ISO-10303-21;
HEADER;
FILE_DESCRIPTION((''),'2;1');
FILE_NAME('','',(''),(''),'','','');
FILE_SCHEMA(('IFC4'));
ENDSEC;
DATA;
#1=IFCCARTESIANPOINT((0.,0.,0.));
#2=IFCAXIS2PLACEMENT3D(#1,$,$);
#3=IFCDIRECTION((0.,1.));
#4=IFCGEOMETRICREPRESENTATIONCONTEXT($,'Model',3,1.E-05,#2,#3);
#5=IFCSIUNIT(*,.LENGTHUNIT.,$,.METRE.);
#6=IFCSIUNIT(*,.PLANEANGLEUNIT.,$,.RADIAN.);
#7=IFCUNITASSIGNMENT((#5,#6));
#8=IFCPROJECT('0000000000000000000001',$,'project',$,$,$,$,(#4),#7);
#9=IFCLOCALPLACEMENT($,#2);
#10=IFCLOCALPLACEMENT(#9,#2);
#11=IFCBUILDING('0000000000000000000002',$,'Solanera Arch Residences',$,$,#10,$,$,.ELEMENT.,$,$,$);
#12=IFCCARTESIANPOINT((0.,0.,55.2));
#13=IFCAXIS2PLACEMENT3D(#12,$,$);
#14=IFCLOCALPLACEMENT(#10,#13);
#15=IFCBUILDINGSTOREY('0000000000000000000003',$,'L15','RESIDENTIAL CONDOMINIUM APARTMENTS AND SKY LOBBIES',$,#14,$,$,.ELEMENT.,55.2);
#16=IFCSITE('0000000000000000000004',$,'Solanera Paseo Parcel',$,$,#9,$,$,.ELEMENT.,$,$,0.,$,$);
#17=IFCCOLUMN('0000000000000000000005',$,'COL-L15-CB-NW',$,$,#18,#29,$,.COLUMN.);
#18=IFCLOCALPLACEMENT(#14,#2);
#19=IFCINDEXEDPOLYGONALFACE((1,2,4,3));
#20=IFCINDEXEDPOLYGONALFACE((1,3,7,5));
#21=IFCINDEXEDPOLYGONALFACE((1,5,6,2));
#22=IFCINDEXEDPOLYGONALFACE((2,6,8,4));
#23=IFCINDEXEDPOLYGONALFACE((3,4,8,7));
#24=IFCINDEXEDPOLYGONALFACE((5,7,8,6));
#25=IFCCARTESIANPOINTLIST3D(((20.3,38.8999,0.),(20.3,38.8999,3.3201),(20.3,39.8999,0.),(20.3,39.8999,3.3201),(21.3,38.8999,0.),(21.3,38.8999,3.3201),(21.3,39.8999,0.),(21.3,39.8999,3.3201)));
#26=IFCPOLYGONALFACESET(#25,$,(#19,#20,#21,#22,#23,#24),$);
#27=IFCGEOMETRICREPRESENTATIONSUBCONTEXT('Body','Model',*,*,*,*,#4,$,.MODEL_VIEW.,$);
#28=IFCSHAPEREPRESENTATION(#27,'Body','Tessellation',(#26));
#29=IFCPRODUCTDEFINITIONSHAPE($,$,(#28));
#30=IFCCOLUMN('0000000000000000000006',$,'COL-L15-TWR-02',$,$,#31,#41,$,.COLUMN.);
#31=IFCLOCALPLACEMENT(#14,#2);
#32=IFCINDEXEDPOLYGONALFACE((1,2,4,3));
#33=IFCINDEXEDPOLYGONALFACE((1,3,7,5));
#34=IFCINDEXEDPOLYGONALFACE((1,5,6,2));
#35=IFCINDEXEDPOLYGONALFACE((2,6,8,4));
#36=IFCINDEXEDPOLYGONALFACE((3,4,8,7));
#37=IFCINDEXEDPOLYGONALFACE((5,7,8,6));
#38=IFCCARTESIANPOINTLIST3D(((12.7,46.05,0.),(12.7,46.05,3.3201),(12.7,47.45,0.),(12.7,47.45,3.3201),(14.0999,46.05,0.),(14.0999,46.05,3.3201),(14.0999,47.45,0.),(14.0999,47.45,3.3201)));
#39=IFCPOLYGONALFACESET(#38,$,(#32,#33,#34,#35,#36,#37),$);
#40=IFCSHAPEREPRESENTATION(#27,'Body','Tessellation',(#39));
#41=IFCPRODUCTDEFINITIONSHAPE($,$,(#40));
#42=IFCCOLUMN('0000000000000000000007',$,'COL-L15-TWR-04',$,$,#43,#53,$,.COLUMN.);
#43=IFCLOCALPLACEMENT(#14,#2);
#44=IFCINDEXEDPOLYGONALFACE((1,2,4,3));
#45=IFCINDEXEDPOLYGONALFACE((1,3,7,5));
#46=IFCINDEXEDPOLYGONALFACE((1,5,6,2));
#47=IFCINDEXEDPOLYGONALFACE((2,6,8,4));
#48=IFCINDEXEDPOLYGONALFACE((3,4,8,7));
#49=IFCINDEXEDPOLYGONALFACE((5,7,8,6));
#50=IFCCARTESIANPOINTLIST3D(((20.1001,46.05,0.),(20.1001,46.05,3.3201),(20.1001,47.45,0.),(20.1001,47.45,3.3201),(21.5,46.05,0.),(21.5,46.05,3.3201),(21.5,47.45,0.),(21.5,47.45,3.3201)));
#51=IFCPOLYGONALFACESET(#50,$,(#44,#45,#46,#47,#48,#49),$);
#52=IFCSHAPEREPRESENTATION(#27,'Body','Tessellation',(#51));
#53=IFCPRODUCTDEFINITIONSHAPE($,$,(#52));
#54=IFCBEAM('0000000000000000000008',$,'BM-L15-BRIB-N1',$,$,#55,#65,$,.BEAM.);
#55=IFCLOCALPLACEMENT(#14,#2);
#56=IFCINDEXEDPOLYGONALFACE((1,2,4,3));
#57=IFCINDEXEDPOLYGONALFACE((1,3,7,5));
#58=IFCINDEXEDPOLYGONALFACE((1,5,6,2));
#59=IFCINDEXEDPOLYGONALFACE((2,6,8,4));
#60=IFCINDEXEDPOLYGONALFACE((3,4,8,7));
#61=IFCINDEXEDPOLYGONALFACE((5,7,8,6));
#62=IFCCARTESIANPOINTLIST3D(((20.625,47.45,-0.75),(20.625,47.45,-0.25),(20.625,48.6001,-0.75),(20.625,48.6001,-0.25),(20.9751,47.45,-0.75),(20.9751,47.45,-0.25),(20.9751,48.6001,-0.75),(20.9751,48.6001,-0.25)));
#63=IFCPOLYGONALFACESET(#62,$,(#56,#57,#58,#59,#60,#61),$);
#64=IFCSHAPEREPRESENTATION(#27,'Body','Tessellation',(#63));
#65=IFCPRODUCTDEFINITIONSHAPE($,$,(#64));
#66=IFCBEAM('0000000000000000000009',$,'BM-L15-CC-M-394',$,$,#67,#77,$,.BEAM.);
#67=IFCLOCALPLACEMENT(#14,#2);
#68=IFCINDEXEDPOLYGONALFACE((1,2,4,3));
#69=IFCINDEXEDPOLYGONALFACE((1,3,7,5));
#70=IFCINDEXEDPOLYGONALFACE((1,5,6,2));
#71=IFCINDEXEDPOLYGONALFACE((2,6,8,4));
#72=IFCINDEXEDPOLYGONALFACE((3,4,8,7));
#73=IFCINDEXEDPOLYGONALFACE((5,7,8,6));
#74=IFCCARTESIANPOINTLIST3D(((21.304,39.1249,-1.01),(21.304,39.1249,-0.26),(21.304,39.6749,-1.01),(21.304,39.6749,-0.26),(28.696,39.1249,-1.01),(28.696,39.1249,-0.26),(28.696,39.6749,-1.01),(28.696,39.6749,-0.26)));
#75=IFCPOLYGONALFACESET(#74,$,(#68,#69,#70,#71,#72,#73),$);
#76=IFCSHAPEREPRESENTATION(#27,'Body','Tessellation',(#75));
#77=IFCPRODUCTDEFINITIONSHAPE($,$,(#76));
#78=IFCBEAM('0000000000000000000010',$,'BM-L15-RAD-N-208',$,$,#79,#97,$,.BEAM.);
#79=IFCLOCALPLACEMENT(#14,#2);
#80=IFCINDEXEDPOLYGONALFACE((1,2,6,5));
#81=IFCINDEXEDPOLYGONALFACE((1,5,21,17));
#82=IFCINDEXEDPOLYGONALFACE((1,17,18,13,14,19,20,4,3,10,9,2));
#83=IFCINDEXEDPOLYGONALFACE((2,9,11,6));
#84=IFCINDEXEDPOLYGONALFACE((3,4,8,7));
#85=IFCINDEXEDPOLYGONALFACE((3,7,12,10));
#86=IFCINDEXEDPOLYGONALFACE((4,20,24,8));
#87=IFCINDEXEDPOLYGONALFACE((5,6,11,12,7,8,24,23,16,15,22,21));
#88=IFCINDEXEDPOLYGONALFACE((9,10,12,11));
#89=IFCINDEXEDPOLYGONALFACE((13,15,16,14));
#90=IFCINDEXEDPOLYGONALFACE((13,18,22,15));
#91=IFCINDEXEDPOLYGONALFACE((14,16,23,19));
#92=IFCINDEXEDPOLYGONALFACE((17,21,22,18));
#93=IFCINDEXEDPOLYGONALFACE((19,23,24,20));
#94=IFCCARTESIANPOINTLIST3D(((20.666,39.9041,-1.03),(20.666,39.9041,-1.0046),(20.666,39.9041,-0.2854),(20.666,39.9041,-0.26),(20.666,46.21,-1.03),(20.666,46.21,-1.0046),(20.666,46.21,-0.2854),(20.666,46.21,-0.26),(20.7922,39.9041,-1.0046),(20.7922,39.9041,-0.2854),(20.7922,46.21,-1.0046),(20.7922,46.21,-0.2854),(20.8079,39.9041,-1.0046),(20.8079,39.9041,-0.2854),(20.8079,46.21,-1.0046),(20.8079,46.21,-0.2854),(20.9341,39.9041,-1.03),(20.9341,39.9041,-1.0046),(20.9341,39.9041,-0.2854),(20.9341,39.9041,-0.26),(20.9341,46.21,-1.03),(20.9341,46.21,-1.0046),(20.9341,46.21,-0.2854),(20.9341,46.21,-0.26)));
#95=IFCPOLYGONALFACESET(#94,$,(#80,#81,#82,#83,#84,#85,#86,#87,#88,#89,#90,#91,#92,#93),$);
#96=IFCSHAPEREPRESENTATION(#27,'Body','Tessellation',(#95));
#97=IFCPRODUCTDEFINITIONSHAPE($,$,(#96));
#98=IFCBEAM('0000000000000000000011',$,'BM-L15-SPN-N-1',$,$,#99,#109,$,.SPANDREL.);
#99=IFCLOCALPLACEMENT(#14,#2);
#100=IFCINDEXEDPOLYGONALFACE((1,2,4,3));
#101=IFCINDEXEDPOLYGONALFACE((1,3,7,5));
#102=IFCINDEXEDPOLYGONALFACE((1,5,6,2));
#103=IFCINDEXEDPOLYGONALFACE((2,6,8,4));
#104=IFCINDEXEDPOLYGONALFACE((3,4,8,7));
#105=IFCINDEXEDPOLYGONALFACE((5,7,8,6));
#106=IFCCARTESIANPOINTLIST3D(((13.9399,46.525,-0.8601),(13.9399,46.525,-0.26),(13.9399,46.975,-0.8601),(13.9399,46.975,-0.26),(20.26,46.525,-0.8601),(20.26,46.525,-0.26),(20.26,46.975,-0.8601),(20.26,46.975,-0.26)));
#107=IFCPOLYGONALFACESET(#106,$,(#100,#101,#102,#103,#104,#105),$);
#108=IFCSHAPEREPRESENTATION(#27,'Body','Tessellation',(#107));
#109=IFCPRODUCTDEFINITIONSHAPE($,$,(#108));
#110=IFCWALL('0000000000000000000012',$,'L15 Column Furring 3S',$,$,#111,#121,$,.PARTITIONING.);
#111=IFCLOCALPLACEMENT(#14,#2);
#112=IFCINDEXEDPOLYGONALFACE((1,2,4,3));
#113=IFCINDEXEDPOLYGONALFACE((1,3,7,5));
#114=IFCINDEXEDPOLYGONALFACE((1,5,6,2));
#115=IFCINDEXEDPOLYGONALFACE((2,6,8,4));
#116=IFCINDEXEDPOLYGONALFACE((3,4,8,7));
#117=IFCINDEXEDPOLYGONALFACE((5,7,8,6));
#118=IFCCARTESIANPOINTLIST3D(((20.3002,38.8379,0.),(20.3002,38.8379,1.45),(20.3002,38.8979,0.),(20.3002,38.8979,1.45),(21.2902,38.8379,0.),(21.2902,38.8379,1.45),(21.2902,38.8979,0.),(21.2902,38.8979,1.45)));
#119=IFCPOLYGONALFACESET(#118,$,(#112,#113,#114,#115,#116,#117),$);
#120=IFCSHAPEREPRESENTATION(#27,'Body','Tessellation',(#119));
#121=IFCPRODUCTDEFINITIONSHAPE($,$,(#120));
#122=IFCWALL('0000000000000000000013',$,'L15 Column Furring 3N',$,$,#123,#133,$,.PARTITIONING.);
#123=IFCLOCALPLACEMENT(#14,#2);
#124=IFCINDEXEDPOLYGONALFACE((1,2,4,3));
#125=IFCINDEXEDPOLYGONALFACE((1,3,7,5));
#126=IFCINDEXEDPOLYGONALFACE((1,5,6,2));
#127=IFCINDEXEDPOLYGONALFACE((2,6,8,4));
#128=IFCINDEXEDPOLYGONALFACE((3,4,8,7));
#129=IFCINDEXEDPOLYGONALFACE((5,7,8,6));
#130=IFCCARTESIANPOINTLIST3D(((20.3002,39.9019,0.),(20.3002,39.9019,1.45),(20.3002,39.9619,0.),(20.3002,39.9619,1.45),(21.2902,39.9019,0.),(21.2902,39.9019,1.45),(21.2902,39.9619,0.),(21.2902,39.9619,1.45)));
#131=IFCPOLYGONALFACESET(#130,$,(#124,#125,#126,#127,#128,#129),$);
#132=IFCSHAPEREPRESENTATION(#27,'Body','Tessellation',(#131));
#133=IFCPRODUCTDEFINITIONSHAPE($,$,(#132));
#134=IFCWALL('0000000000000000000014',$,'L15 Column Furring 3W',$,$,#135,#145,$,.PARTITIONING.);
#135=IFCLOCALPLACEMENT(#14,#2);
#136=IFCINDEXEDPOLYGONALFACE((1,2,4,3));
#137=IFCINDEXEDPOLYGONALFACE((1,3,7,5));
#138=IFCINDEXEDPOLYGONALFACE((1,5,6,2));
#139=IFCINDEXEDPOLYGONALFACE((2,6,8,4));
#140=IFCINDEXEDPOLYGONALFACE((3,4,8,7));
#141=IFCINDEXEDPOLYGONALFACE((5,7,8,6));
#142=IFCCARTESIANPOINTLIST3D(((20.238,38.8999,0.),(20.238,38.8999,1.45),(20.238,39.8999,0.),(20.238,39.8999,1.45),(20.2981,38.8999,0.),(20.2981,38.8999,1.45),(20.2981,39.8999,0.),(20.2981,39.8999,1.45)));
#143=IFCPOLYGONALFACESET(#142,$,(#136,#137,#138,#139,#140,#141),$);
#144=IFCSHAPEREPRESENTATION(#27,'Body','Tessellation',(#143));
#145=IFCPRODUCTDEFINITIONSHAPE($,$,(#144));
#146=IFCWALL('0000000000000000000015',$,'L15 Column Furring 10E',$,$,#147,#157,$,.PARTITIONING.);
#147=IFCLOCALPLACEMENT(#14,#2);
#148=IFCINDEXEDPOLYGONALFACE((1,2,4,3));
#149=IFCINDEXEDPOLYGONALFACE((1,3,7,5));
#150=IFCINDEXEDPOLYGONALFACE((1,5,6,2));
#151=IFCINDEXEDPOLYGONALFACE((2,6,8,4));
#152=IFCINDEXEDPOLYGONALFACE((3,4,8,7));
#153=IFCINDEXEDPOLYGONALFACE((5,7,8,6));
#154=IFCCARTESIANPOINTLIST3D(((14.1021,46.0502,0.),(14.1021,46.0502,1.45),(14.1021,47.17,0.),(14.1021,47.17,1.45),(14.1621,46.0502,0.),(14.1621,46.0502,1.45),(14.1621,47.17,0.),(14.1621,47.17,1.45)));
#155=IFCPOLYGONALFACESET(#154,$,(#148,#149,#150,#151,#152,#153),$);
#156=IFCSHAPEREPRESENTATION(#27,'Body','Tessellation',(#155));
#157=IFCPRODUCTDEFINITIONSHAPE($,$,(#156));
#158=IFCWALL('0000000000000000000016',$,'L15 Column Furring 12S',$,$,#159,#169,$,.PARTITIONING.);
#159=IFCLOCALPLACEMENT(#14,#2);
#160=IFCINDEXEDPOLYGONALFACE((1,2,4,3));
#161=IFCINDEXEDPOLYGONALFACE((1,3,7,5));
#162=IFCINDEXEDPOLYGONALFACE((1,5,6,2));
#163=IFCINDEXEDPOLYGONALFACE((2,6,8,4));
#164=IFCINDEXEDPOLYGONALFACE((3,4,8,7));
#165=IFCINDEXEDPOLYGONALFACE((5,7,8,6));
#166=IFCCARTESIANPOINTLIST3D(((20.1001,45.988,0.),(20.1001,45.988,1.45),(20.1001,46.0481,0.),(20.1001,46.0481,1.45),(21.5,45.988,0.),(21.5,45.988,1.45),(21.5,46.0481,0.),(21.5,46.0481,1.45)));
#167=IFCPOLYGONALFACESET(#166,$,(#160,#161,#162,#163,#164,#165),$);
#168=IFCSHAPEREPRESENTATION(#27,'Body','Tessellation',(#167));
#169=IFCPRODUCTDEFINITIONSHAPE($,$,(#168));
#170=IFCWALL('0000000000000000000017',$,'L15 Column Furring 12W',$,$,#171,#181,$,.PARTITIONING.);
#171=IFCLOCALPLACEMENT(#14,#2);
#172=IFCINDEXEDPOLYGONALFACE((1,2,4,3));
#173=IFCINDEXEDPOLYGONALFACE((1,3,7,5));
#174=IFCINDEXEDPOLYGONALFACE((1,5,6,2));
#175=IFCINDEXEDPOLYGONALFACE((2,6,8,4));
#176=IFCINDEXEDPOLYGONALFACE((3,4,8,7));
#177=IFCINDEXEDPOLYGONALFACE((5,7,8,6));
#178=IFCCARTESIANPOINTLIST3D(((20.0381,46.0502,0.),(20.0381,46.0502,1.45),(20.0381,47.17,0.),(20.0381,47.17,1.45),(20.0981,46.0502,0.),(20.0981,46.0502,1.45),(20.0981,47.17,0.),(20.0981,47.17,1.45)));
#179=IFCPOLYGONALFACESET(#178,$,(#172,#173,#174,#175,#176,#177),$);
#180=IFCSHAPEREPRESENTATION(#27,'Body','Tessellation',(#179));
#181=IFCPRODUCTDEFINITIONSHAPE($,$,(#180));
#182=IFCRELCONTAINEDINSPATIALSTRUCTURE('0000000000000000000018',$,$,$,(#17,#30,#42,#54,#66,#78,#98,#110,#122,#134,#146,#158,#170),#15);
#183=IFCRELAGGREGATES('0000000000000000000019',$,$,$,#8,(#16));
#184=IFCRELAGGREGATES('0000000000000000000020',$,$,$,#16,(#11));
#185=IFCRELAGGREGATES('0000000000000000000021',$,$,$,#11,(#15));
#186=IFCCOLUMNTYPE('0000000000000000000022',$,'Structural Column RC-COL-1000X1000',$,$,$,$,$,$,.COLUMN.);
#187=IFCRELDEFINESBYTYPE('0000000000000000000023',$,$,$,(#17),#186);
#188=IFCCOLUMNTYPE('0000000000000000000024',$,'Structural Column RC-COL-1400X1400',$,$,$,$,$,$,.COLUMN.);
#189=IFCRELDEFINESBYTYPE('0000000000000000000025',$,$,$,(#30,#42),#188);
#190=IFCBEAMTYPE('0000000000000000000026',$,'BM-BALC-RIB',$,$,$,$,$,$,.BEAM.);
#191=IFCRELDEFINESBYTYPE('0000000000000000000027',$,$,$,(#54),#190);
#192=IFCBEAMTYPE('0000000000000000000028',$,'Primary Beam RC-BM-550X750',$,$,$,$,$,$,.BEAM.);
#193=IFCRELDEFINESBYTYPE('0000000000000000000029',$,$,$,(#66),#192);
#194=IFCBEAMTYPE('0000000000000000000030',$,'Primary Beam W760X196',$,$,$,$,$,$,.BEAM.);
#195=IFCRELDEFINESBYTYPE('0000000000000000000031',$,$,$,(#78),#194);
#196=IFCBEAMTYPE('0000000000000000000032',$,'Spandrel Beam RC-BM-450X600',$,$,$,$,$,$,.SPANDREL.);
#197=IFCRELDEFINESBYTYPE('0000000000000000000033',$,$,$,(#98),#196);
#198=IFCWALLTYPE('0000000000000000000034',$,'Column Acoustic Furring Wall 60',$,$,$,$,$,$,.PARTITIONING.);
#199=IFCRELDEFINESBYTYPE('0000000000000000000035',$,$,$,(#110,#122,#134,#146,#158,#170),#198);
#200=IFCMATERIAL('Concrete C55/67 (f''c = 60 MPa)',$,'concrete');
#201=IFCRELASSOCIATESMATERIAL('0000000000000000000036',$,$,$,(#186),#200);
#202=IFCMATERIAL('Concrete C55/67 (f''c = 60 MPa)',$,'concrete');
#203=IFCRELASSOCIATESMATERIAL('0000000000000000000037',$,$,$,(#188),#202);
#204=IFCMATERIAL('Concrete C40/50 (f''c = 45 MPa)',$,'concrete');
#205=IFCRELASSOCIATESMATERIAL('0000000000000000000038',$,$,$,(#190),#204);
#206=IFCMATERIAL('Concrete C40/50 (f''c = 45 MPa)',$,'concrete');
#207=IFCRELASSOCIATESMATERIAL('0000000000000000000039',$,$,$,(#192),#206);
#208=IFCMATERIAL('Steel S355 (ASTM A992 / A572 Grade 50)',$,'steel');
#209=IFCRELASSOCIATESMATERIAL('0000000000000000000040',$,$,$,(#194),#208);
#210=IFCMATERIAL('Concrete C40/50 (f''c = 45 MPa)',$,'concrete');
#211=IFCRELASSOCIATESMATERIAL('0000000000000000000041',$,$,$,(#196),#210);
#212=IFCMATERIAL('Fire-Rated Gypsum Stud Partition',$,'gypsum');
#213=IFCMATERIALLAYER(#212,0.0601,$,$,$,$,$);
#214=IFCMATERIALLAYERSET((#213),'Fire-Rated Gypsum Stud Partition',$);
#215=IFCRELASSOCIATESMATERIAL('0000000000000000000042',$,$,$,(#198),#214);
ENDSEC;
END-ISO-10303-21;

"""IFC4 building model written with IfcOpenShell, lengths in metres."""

from ifc_helpers import new_model, si_unit, direction, frame, frame_2d, origin, origin_2d, place, context, subcontext, project, spatial, rectangle, i_section, extrude, material, layer, layer_set, material_profile, profile_set, type_object, element, save


model = new_model("IFC4")

# Units and contexts
model_context = context("Model", 3, precision=1e-05, world=origin(), true_north=direction((0.0, 1.0)))
body_context = subcontext(model_context, "Body", "Model", "MODEL_VIEW")
ifc_project = project(units=[si_unit("LENGTHUNIT", "METRE"), si_unit("PLANEANGLEUNIT", "RADIAN")], contexts=[model_context])

# Site, building, storey
site_placement = place(None, origin())
site = spatial("IfcSite", under=ifc_project, at=site_placement, Name="Solanera Paseo Parcel", CompositionType="ELEMENT", RefElevation=0.0)
building_placement = place(site_placement, origin())
building = spatial("IfcBuilding", under=site, at=building_placement, Name="Solanera Arch Residences", CompositionType="ELEMENT")
storey_placement = place(building_placement, frame((0.0, 0.0, 55.2)))
storey = spatial("IfcBuildingStorey", under=building, at=storey_placement, Name="L15", Description="RESIDENTIAL CONDOMINIUM APARTMENTS AND SKY LOBBIES", CompositionType="ELEMENT", Elevation=55.2)

# Columns
ifc_material_1 = material(Name="Concrete C55/67 (f'c = 60 MPa)", Category="concrete")
ifc_material_profile_1 = material_profile(ifc_material_1, rectangle(XDim=1.0, YDim=1.0, at=origin_2d()))
ifc_profile_set_1 = profile_set([ifc_material_profile_1], Name="Concrete C55/67 (f'c = 60 MPa)")
column_type_1 = type_object("IfcColumnType", Name="Structural Column RC-COL-1000X1000", PredefinedType="COLUMN", material=ifc_profile_set_1)
column_placement = place(storey_placement, frame((20.8, 39.3999, 0.0), z_axis=(0.0, 0.0, 1.0), x_axis=(1.0, 0.0, 0.0)))
element("IfcColumn", 1, at=column_placement, inside=storey, type_object=column_type_1, Name="COL-L15-CB-NW", PredefinedType="COLUMN", context=body_context, shape_type="SweptSolid", body=[
    extrude(rectangle(XDim=1.0, YDim=1.0, at=origin_2d()), origin(), (0.0, 0.0, 1.0), 3.3201),
])
ifc_material_2 = material(Name="Concrete C55/67 (f'c = 60 MPa)", Category="concrete")
ifc_material_profile_2 = material_profile(ifc_material_2, rectangle(XDim=1.3999, YDim=1.3999, at=origin_2d()))
ifc_profile_set_2 = profile_set([ifc_material_profile_2], Name="Concrete C55/67 (f'c = 60 MPa)")
column_type_2 = type_object("IfcColumnType", Name="Structural Column RC-COL-1400X1400", PredefinedType="COLUMN", material=ifc_profile_set_2)
for number, where, z_axis, x_axis, name in (
    (2, (13.3999, 46.75, 0.0), (0.0, 0.0, 1.0), (1.0, 0.0, 0.0), "COL-L15-TWR-02"),
    (3, (20.8, 46.75, 0.0), (0.0, 0.0, 1.0), (1.0, 0.0, 0.0), "COL-L15-TWR-04"),
):
    element("IfcColumn", number, at=place(storey_placement, frame(where, z_axis=z_axis, x_axis=x_axis)), inside=storey, type_object=column_type_2, Name=name, PredefinedType="COLUMN", context=body_context, shape_type="SweptSolid", body=[
        extrude(rectangle(XDim=1.3999, YDim=1.3999, at=origin_2d()), origin(), (0.0, 0.0, 1.0), 3.3201),
    ])

# Beams
ifc_material_3 = material(Name="Concrete C40/50 (f'c = 45 MPa)", Category="concrete")
ifc_material_profile_3 = material_profile(ifc_material_3, rectangle(XDim=0.3501, YDim=0.5, at=origin_2d()))
ifc_profile_set_3 = profile_set([ifc_material_profile_3], Name="Concrete C40/50 (f'c = 45 MPa)")
beam_type_1 = type_object("IfcBeamType", Name="BM-BALC-RIB", PredefinedType="BEAM", material=ifc_profile_set_3)
beam_1_placement = place(storey_placement, frame((20.8, 47.45, -0.5), z_axis=(0.0, 1.0, 0.0), x_axis=(-1.0, 0.0, 0.0)))
element("IfcBeam", 4, at=beam_1_placement, inside=storey, type_object=beam_type_1, Name="BM-L15-BRIB-N1", PredefinedType="BEAM", context=body_context, shape_type="SweptSolid", body=[
    extrude(rectangle(XDim=0.3501, YDim=0.5, at=origin_2d()), origin(), (0.0, 0.0, 1.0), 1.1501),
])
ifc_material_4 = material(Name="Concrete C40/50 (f'c = 45 MPa)", Category="concrete")
ifc_material_profile_4 = material_profile(ifc_material_4, rectangle(XDim=0.55, YDim=0.75, at=origin_2d()))
ifc_profile_set_4 = profile_set([ifc_material_profile_4], Name="Concrete C40/50 (f'c = 45 MPa)")
beam_type_2 = type_object("IfcBeamType", Name="Primary Beam RC-BM-550X750", PredefinedType="BEAM", material=ifc_profile_set_4)
beam_2_placement = place(storey_placement, frame((21.304, 39.3999, -0.635), z_axis=(1.0, 0.0, 0.0), x_axis=(0.0, 1.0, 0.0)))
element("IfcBeam", 5, at=beam_2_placement, inside=storey, type_object=beam_type_2, Name="BM-L15-CC-M-394", PredefinedType="BEAM", context=body_context, shape_type="SweptSolid", body=[
    extrude(rectangle(XDim=0.55, YDim=0.75, at=origin_2d()), origin(), (0.0, 0.0, 1.0), 7.3921),
])
ifc_material_5 = material(Name="Steel S355 (ASTM A992 / A572 Grade 50)", Category="steel")
ifc_material_profile_5 = material_profile(ifc_material_5, i_section(OverallWidth=0.2681, OverallDepth=0.77, WebThickness=0.0156, FlangeThickness=0.0254, at=origin_2d()))
ifc_profile_set_5 = profile_set([ifc_material_profile_5], Name="Steel S355 (ASTM A992 / A572 Grade 50)")
beam_type_3 = type_object("IfcBeamType", Name="Primary Beam W760X196", PredefinedType="BEAM", material=ifc_profile_set_5)
beam_3_placement = place(storey_placement, frame((20.8, 39.9041, -0.645), z_axis=(0.0, 1.0, 0.0), x_axis=(-1.0, 0.0, 0.0)))
element("IfcBeam", 6, at=beam_3_placement, inside=storey, type_object=beam_type_3, Name="BM-L15-RAD-N-208", PredefinedType="BEAM", context=body_context, shape_type="SweptSolid", body=[
    extrude(i_section(OverallWidth=0.2681, OverallDepth=0.77, WebThickness=0.0156, FlangeThickness=0.0254, at=origin_2d()), origin(), (0.0, 0.0, 1.0), 6.3059),
])
ifc_material_6 = material(Name="Concrete C40/50 (f'c = 45 MPa)", Category="concrete")
ifc_material_profile_6 = material_profile(ifc_material_6, rectangle(XDim=0.45, YDim=0.6001, at=origin_2d()))
ifc_profile_set_6 = profile_set([ifc_material_profile_6], Name="Concrete C40/50 (f'c = 45 MPa)")
beam_type_4 = type_object("IfcBeamType", Name="Spandrel Beam RC-BM-450X600", PredefinedType="SPANDREL", material=ifc_profile_set_6)
beam_4_placement = place(storey_placement, frame((13.9399, 46.75, -0.5601), z_axis=(1.0, 0.0, 0.0), x_axis=(0.0, 1.0, 0.0)))
element("IfcBeam", 7, at=beam_4_placement, inside=storey, type_object=beam_type_4, Name="BM-L15-SPN-N-1", PredefinedType="SPANDREL", context=body_context, shape_type="SweptSolid", body=[
    extrude(rectangle(XDim=0.45, YDim=0.6001, at=origin_2d()), origin(), (0.0, 0.0, 1.0), 6.3201),
])

# Walls
ifc_material_7 = material(Name="Fire-Rated Gypsum Stud Partition", Category="gypsum")
ifc_layer_1 = layer(ifc_material_7, 0.0601)
ifc_layer_set_1 = layer_set([ifc_layer_1], Name="Fire-Rated Gypsum Stud Partition")
wall_type_1 = type_object("IfcWallType", Name="Column Acoustic Furring Wall 60", PredefinedType="PARTITIONING", material=ifc_layer_set_1)
for number, where, z_axis, x_axis, name in (
    (8, (20.3, 38.8679, 0.0), (0.0, 0.0, 1.0), (1.0, 0.0, 0.0), "L15 Column Furring 3S"),
    (9, (20.3, 39.9319, 0.0), (0.0, 0.0, 1.0), (1.0, 0.0, 0.0), "L15 Column Furring 3N"),
):
    element("IfcWall", number, at=place(storey_placement, frame(where, z_axis=z_axis, x_axis=x_axis)), inside=storey, type_object=wall_type_1, Name=name, PredefinedType="PARTITIONING", context=body_context, shape_type="SweptSolid", body=[
        extrude(rectangle(XDim=0.99, YDim=0.0601, at=frame_2d((0.4951, 0.0))), origin(), (0.0, 0.0, 1.0), 1.45),
    ])
wall_1_placement = place(storey_placement, frame((20.2681, 38.8999, 0.0), z_axis=(0.0, 0.0, 1.0), x_axis=(0.0, 1.0, 0.0)))
element("IfcWall", 10, at=wall_1_placement, inside=storey, type_object=wall_type_1, Name="L15 Column Furring 3W", PredefinedType="PARTITIONING", context=body_context, shape_type="SweptSolid", body=[
    extrude(rectangle(XDim=1.0, YDim=0.0601, at=frame_2d((0.5, 0.0))), origin(), (0.0, 0.0, 1.0), 1.45),
])
wall_2_placement = place(storey_placement, frame((14.1321, 46.05, 0.0), z_axis=(0.0, 0.0, 1.0), x_axis=(0.0, 1.0, 0.0)))
element("IfcWall", 11, at=wall_2_placement, inside=storey, type_object=wall_type_1, Name="L15 Column Furring 10E", PredefinedType="PARTITIONING", context=body_context, shape_type="SweptSolid", body=[
    extrude(rectangle(XDim=1.1199, YDim=0.0601, at=frame_2d((0.5601, 0.0))), origin(), (0.0, 0.0, 1.0), 1.45),
])
wall_3_placement = place(storey_placement, frame((20.1001, 46.0181, 0.0), z_axis=(0.0, 0.0, 1.0), x_axis=(1.0, 0.0, 0.0)))
element("IfcWall", 12, at=wall_3_placement, inside=storey, type_object=wall_type_1, Name="L15 Column Furring 12S", PredefinedType="PARTITIONING", context=body_context, shape_type="SweptSolid", body=[
    extrude(rectangle(XDim=1.3999, YDim=0.0601, at=frame_2d((0.7, 0.0))), origin(), (0.0, 0.0, 1.0), 1.45),
])
wall_4_placement = place(storey_placement, frame((20.0681, 46.05, 0.0), z_axis=(0.0, 0.0, 1.0), x_axis=(0.0, 1.0, 0.0)))
element("IfcWall", 13, at=wall_4_placement, inside=storey, type_object=wall_type_1, Name="L15 Column Furring 12W", PredefinedType="PARTITIONING", context=body_context, shape_type="SweptSolid", body=[
    extrude(rectangle(XDim=1.1199, YDim=0.0601, at=frame_2d((0.5601, 0.0))), origin(), (0.0, 0.0, 1.0), 1.45),
])

save(model, "model.ifc")
